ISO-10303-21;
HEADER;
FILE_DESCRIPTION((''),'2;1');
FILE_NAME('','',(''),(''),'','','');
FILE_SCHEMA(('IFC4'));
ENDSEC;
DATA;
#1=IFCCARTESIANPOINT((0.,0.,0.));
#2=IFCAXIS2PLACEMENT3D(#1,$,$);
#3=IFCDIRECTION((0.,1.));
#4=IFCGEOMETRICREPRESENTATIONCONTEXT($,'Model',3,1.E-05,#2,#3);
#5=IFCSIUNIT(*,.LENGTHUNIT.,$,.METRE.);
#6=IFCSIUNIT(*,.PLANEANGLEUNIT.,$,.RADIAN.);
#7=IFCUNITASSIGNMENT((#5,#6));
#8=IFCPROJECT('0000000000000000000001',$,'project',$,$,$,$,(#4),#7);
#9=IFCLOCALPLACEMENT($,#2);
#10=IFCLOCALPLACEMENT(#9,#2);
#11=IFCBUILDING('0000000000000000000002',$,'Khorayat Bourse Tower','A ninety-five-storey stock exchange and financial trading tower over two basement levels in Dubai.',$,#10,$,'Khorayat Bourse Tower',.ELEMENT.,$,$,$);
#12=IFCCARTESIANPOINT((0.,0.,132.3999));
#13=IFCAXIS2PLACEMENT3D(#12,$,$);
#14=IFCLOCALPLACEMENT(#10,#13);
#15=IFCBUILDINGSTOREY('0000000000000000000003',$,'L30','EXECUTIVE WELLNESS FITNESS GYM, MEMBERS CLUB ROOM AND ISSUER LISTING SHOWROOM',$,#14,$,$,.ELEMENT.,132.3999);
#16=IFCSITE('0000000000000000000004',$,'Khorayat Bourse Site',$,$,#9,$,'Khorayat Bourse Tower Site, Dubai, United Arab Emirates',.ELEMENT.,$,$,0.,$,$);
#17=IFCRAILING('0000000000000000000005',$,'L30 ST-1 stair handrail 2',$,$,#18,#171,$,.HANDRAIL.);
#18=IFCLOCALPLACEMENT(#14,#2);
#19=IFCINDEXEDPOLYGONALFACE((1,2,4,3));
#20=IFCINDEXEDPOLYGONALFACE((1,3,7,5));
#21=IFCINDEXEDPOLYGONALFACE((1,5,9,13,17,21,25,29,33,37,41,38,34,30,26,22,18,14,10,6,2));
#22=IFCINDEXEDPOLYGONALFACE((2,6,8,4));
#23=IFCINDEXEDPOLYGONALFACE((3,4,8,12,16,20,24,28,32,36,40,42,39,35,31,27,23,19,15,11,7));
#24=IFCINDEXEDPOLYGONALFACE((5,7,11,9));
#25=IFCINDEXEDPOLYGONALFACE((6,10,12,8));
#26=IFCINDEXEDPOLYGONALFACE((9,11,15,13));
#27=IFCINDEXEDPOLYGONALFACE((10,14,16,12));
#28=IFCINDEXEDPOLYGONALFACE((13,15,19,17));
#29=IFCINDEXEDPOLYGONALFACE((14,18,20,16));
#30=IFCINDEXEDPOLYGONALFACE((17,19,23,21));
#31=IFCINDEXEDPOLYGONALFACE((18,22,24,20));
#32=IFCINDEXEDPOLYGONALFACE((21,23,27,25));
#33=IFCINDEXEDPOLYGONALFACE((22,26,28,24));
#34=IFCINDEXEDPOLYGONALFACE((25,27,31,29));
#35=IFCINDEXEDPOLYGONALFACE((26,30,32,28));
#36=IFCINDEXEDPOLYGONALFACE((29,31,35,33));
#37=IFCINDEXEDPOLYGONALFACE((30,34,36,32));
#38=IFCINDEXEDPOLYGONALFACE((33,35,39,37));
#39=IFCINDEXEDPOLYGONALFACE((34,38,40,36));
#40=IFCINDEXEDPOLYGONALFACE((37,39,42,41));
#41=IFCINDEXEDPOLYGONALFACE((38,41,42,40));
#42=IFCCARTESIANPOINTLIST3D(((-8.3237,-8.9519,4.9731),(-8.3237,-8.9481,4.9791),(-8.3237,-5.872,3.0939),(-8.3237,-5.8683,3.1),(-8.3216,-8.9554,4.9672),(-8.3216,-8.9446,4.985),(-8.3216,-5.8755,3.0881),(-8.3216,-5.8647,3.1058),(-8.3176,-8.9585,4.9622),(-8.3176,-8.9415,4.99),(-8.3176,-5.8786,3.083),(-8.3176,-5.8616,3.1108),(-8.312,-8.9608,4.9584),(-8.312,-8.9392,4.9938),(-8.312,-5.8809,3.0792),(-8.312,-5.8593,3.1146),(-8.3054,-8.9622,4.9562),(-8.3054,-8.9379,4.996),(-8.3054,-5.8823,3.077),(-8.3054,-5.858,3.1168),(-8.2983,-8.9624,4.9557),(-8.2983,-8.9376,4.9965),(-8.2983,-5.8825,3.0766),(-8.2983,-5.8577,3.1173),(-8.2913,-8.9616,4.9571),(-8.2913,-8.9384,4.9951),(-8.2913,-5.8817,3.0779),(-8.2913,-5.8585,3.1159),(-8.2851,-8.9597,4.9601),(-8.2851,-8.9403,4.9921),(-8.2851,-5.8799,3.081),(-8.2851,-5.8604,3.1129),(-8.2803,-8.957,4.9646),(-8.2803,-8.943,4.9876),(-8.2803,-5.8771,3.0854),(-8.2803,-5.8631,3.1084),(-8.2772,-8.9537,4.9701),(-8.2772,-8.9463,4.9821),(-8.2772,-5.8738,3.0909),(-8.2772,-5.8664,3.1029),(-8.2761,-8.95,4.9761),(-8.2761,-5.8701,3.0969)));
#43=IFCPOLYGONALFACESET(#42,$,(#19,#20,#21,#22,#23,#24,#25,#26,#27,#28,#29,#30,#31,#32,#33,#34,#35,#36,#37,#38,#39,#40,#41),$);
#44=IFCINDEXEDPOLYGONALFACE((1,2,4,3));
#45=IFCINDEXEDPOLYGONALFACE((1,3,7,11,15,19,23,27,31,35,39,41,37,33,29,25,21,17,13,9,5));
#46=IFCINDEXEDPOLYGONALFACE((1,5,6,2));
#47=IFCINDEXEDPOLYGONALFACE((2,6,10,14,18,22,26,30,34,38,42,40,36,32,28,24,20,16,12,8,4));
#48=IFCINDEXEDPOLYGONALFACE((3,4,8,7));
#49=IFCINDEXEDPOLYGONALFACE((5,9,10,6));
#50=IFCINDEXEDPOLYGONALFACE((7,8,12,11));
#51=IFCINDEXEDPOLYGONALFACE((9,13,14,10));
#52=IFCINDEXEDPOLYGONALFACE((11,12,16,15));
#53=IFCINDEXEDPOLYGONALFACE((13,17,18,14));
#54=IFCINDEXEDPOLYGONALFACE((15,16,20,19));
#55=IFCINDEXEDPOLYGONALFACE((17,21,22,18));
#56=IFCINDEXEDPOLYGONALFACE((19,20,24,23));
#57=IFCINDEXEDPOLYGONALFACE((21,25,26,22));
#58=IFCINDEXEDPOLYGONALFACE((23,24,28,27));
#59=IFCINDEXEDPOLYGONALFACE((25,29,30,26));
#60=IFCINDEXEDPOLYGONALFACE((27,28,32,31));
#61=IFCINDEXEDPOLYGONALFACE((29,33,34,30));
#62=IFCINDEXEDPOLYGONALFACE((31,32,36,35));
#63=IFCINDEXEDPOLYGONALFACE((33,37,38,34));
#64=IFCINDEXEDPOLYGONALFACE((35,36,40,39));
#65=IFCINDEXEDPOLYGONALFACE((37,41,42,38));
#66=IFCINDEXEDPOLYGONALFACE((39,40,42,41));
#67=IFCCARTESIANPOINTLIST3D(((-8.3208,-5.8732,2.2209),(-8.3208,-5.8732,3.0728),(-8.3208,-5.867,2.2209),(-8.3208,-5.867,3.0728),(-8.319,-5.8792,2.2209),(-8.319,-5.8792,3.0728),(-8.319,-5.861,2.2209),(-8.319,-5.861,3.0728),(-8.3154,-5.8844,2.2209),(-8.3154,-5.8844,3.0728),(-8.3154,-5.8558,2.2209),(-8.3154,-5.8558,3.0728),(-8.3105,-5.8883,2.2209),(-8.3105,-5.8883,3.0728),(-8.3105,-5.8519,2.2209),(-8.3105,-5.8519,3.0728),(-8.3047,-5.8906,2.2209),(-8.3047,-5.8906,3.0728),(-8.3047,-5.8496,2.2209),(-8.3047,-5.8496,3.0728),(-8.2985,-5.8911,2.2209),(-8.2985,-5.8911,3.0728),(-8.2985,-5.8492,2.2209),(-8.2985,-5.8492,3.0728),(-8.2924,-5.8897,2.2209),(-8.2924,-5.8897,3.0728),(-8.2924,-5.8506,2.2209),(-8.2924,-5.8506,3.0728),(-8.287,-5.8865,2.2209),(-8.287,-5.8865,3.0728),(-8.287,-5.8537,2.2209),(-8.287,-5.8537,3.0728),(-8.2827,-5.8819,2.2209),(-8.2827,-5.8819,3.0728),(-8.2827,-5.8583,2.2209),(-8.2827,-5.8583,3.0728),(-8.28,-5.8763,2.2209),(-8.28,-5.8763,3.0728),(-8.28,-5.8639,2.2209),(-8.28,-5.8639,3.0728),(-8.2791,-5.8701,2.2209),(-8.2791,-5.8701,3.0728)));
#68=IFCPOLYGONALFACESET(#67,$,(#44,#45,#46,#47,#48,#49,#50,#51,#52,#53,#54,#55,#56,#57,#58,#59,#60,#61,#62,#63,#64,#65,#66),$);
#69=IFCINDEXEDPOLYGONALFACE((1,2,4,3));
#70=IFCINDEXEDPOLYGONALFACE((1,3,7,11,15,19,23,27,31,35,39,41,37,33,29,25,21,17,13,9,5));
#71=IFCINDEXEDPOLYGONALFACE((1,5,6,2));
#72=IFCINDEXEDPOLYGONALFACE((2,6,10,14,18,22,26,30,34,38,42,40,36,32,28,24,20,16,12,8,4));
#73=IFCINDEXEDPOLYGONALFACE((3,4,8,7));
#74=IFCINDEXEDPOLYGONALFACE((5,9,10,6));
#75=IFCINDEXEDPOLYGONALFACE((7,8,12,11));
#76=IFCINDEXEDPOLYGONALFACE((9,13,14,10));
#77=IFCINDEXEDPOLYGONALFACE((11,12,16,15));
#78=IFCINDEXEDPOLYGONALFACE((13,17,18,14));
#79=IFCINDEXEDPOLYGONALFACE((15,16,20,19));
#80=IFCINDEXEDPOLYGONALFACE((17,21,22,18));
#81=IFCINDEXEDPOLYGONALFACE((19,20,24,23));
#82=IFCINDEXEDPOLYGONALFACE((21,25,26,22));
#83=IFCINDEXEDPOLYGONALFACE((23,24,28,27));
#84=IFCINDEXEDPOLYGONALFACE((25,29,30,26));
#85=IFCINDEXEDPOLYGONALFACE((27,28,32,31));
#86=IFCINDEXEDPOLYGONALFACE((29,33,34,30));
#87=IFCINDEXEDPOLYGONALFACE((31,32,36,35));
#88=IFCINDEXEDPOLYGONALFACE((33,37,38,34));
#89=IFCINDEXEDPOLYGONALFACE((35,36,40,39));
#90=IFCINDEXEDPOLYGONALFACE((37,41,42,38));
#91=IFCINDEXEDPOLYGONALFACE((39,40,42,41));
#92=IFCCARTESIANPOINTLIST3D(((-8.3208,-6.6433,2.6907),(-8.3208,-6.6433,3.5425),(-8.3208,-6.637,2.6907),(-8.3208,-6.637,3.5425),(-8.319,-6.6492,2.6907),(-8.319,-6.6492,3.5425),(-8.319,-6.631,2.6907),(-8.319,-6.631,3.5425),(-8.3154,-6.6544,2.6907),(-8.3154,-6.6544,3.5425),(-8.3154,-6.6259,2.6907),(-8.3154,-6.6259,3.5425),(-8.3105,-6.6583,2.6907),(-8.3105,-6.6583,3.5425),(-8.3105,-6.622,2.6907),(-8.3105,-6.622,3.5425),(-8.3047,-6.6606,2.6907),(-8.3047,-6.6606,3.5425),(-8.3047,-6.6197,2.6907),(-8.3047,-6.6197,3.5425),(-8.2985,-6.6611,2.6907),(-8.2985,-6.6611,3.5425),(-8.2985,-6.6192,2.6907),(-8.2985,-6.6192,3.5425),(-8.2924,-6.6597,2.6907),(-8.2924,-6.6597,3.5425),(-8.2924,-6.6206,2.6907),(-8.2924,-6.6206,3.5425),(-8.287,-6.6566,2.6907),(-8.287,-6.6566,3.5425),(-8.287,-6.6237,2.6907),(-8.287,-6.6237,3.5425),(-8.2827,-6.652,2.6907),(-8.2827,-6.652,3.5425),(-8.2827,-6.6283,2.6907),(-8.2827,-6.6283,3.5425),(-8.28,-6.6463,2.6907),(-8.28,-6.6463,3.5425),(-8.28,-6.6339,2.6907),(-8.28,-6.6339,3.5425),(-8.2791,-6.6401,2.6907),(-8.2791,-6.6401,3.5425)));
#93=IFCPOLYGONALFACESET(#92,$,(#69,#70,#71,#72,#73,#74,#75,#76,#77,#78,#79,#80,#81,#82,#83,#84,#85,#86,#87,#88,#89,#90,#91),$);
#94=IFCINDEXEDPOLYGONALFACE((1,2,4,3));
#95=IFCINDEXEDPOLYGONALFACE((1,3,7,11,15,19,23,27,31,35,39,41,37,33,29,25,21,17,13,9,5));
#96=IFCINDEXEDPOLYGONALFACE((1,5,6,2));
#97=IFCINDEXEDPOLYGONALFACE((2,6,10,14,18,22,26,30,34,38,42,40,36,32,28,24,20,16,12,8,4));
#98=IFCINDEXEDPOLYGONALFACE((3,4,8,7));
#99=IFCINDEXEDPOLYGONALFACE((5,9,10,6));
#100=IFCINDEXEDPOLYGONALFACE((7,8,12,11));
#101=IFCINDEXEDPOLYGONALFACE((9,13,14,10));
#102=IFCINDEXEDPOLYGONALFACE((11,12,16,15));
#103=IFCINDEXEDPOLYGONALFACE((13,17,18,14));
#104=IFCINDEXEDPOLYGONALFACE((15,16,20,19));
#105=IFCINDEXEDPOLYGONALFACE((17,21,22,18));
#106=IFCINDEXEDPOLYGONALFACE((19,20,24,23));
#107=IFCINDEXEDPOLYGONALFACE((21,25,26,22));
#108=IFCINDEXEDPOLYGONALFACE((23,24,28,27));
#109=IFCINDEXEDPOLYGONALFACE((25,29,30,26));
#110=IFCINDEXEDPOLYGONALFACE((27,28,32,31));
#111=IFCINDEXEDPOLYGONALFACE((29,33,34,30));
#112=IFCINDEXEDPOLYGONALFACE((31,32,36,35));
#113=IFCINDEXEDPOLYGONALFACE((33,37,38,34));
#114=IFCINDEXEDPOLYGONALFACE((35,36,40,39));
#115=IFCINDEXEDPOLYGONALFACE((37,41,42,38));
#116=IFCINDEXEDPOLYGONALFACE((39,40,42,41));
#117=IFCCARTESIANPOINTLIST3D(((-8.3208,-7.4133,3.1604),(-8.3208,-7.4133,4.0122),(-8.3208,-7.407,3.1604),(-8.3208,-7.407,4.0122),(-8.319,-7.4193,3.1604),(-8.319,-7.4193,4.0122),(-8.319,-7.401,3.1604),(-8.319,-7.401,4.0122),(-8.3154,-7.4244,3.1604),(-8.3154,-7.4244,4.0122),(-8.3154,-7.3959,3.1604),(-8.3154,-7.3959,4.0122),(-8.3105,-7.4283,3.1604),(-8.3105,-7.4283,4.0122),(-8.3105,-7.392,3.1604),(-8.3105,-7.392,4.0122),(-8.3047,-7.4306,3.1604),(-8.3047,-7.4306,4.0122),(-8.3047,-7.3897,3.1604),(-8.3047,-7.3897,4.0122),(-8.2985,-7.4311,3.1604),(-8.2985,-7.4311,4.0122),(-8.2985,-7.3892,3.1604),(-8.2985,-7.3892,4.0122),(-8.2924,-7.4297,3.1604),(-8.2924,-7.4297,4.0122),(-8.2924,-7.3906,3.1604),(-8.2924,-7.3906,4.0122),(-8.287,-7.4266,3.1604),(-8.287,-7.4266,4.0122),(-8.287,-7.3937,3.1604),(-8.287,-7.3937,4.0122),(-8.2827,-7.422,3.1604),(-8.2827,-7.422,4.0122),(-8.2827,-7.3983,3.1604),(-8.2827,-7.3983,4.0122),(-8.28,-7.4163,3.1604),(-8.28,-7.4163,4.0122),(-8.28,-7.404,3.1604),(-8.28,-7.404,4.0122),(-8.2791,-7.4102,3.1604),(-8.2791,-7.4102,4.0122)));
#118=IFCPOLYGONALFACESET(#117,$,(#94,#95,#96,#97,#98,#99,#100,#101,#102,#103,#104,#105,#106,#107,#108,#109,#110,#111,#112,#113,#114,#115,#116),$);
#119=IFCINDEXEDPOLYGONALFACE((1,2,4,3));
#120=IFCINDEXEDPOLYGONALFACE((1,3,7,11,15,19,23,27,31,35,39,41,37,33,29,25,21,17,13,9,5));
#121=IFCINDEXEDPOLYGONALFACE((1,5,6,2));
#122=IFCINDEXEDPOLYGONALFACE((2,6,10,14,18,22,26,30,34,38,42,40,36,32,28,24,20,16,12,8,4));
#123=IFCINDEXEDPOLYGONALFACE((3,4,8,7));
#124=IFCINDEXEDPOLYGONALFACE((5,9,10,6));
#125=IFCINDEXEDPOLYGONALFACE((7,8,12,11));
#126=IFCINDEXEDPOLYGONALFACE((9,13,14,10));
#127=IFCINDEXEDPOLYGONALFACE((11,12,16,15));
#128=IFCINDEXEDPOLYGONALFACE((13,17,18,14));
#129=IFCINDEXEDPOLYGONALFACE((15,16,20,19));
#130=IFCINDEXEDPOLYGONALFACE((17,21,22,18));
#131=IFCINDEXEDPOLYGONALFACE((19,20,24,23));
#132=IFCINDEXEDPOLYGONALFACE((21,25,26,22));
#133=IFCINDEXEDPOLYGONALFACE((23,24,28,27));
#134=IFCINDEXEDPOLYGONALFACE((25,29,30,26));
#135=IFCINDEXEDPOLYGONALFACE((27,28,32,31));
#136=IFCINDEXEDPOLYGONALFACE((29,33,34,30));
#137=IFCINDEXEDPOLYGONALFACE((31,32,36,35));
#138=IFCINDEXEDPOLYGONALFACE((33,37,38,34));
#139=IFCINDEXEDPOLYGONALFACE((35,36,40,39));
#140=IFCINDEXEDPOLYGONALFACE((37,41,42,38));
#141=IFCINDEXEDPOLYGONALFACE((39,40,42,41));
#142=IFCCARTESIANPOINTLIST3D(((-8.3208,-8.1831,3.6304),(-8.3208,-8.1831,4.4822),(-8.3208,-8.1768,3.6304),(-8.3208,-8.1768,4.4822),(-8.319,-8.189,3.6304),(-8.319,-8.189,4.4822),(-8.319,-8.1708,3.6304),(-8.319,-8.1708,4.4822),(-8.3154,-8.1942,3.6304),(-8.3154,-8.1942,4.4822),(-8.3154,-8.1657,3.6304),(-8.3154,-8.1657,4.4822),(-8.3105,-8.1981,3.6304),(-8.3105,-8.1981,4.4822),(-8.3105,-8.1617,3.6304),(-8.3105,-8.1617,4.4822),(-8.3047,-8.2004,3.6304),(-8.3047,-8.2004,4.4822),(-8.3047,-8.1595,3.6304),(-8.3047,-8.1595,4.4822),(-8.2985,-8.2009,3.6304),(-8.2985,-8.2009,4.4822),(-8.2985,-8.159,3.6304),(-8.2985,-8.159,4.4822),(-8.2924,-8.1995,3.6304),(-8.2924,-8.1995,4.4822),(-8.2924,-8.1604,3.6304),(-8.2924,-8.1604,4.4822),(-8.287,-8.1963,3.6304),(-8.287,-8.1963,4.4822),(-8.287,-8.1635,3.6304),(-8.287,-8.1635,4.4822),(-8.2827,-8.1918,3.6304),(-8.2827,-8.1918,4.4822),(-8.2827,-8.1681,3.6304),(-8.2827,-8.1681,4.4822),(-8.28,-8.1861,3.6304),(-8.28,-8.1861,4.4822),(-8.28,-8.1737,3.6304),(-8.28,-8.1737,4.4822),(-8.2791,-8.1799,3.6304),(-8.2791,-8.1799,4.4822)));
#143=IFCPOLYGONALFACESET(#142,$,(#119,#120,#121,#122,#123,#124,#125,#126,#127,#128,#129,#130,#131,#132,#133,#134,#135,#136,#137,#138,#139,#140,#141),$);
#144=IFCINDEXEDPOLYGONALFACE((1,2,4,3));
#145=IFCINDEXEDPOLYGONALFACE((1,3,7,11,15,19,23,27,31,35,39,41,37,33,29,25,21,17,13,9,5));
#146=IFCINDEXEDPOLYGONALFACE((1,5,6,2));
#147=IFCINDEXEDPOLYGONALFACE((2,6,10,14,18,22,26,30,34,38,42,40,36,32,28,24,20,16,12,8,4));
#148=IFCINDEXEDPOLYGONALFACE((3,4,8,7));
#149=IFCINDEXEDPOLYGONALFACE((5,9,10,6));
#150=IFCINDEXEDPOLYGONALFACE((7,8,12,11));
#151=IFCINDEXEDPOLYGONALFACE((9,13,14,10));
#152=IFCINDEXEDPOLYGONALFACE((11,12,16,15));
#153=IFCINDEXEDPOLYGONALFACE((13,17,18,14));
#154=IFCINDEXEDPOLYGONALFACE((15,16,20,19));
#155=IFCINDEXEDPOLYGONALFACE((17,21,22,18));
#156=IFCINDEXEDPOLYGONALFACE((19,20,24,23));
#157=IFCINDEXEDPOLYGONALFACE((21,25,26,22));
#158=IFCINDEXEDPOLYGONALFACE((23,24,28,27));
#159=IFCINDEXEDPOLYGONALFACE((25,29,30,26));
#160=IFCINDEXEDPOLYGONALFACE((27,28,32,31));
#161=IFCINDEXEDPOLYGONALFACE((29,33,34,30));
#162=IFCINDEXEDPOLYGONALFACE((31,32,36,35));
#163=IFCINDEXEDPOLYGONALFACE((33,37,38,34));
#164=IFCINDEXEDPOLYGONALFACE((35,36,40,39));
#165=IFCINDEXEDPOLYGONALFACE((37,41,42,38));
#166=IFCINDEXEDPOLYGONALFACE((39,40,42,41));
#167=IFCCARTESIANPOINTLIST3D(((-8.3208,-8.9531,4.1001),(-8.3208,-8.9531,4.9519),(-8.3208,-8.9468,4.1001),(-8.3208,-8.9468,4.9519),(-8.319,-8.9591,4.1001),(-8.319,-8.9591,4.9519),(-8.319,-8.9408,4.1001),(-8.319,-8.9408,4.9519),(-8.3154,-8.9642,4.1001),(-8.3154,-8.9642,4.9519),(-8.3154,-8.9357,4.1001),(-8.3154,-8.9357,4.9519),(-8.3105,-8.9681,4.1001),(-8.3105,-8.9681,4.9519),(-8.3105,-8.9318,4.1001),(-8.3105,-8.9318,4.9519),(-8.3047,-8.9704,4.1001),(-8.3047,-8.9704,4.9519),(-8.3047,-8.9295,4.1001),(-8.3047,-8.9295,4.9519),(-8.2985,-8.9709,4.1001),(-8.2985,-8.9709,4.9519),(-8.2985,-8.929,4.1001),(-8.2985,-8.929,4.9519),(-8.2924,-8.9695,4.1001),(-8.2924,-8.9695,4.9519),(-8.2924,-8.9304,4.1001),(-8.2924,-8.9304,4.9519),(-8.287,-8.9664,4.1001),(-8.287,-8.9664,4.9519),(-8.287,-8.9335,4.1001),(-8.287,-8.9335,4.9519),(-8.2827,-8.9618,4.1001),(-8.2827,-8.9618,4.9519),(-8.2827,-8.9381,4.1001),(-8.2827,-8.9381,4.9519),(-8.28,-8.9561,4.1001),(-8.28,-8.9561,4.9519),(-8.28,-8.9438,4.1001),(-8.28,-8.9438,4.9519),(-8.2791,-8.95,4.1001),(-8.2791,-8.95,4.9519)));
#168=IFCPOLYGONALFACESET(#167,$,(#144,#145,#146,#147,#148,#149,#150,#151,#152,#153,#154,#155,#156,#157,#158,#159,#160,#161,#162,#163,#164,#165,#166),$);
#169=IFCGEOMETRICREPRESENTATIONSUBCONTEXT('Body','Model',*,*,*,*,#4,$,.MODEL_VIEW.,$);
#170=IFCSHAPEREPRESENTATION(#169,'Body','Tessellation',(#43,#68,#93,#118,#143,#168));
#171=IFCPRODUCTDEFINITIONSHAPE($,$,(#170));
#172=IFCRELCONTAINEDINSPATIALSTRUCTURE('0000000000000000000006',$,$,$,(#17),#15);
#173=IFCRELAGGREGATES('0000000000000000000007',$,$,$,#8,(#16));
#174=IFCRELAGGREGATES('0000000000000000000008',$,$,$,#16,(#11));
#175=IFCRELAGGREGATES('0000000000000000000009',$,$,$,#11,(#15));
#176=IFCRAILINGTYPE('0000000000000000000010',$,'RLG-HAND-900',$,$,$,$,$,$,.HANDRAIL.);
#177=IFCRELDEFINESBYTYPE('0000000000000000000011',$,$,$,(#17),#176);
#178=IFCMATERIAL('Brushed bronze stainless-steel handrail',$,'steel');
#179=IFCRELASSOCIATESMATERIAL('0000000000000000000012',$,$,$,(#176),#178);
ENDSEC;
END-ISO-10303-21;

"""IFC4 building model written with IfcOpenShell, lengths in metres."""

from ifc_helpers import new_model, si_unit, direction, frame, origin, origin_2d, place, context, subcontext, project, spatial, circle, extrude, source, transform, mapped, material, type_object, element, save


model = new_model("IFC4")

# Units and contexts
model_context = context("Model", 3, precision=1e-05, world=origin(), true_north=direction((0.0, 1.0)))
body_context = subcontext(model_context, "Body", "Model", "MODEL_VIEW")
ifc_project = project(units=[si_unit("LENGTHUNIT", "METRE"), si_unit("PLANEANGLEUNIT", "RADIAN")], contexts=[model_context])

# Site, building, storey
site_placement = place(None, origin())
site = spatial("IfcSite", under=ifc_project, at=site_placement, Name="Khorayat Bourse Site", LongName="Khorayat Bourse Tower Site, Dubai, United Arab Emirates", CompositionType="ELEMENT", RefElevation=0.0)
building_placement = place(site_placement, origin())
building = spatial("IfcBuilding", under=site, at=building_placement, Name="Khorayat Bourse Tower", Description="A ninety-five-storey stock exchange and financial trading tower over two basement levels in Dubai.", LongName="Khorayat Bourse Tower", CompositionType="ELEMENT")
storey_placement = place(building_placement, frame((0.0, 0.0, 132.3999)))
storey = spatial("IfcBuildingStorey", under=building, at=storey_placement, Name="L30", Description="EXECUTIVE WELLNESS FITNESS GYM, MEMBERS CLUB ROOM AND ISSUER LISTING SHOWROOM", CompositionType="ELEMENT", Elevation=132.3999)

# Railing
ifc_material_1 = material(Name="Brushed bronze stainless-steel handrail", Category="steel")
railing_type_1 = type_object("IfcRailingType", Name="RLG-HAND-900", PredefinedType="HANDRAIL", material=ifc_material_1)
shared_shape_1 = source(origin(), body_context, "Body", "SweptSolid", [
    extrude(circle(Radius=0.0239, at=origin_2d()), frame((0.0, 0.0, 0.876), z_axis=(0.0, -0.853648, 0.52085), x_axis=(1.0, 0.0, 0.0)), (0.0, 0.0, 1.0), 3.6079),
    extrude(circle(Radius=0.021, at=origin_2d()), origin(), (0.0, 0.0, 1.0), 0.8518),
    extrude(circle(Radius=0.021, at=origin_2d()), frame((0.0, -0.77, 0.4697)), (0.0, 0.0, 1.0), 0.8518),
    extrude(circle(Radius=0.021, at=origin_2d()), frame((0.0, -1.54, 0.9395)), (0.0, 0.0, 1.0), 0.8518),
    extrude(circle(Radius=0.021, at=origin_2d()), frame((0.0, -2.3098, 1.4094)), (0.0, 0.0, 1.0), 0.8518),
    extrude(circle(Radius=0.021, at=origin_2d()), frame((0.0, -3.0798, 1.8792)), (0.0, 0.0, 1.0), 0.8518),
])
railing_1_placement = place(storey_placement, frame((-8.3, -5.8701, 2.2209)))
element("IfcRailing", 1, at=railing_1_placement, inside=storey, type_object=railing_type_1, Name="L30 ST-1 stair handrail 2", PredefinedType="HANDRAIL", context=body_context, shape_type="MappedRepresentation", body=[
    mapped(shared_shape_1, transform((0.0, 0.0, 0.0), scale=1.0)),
])

save(model, "model.ifc")
